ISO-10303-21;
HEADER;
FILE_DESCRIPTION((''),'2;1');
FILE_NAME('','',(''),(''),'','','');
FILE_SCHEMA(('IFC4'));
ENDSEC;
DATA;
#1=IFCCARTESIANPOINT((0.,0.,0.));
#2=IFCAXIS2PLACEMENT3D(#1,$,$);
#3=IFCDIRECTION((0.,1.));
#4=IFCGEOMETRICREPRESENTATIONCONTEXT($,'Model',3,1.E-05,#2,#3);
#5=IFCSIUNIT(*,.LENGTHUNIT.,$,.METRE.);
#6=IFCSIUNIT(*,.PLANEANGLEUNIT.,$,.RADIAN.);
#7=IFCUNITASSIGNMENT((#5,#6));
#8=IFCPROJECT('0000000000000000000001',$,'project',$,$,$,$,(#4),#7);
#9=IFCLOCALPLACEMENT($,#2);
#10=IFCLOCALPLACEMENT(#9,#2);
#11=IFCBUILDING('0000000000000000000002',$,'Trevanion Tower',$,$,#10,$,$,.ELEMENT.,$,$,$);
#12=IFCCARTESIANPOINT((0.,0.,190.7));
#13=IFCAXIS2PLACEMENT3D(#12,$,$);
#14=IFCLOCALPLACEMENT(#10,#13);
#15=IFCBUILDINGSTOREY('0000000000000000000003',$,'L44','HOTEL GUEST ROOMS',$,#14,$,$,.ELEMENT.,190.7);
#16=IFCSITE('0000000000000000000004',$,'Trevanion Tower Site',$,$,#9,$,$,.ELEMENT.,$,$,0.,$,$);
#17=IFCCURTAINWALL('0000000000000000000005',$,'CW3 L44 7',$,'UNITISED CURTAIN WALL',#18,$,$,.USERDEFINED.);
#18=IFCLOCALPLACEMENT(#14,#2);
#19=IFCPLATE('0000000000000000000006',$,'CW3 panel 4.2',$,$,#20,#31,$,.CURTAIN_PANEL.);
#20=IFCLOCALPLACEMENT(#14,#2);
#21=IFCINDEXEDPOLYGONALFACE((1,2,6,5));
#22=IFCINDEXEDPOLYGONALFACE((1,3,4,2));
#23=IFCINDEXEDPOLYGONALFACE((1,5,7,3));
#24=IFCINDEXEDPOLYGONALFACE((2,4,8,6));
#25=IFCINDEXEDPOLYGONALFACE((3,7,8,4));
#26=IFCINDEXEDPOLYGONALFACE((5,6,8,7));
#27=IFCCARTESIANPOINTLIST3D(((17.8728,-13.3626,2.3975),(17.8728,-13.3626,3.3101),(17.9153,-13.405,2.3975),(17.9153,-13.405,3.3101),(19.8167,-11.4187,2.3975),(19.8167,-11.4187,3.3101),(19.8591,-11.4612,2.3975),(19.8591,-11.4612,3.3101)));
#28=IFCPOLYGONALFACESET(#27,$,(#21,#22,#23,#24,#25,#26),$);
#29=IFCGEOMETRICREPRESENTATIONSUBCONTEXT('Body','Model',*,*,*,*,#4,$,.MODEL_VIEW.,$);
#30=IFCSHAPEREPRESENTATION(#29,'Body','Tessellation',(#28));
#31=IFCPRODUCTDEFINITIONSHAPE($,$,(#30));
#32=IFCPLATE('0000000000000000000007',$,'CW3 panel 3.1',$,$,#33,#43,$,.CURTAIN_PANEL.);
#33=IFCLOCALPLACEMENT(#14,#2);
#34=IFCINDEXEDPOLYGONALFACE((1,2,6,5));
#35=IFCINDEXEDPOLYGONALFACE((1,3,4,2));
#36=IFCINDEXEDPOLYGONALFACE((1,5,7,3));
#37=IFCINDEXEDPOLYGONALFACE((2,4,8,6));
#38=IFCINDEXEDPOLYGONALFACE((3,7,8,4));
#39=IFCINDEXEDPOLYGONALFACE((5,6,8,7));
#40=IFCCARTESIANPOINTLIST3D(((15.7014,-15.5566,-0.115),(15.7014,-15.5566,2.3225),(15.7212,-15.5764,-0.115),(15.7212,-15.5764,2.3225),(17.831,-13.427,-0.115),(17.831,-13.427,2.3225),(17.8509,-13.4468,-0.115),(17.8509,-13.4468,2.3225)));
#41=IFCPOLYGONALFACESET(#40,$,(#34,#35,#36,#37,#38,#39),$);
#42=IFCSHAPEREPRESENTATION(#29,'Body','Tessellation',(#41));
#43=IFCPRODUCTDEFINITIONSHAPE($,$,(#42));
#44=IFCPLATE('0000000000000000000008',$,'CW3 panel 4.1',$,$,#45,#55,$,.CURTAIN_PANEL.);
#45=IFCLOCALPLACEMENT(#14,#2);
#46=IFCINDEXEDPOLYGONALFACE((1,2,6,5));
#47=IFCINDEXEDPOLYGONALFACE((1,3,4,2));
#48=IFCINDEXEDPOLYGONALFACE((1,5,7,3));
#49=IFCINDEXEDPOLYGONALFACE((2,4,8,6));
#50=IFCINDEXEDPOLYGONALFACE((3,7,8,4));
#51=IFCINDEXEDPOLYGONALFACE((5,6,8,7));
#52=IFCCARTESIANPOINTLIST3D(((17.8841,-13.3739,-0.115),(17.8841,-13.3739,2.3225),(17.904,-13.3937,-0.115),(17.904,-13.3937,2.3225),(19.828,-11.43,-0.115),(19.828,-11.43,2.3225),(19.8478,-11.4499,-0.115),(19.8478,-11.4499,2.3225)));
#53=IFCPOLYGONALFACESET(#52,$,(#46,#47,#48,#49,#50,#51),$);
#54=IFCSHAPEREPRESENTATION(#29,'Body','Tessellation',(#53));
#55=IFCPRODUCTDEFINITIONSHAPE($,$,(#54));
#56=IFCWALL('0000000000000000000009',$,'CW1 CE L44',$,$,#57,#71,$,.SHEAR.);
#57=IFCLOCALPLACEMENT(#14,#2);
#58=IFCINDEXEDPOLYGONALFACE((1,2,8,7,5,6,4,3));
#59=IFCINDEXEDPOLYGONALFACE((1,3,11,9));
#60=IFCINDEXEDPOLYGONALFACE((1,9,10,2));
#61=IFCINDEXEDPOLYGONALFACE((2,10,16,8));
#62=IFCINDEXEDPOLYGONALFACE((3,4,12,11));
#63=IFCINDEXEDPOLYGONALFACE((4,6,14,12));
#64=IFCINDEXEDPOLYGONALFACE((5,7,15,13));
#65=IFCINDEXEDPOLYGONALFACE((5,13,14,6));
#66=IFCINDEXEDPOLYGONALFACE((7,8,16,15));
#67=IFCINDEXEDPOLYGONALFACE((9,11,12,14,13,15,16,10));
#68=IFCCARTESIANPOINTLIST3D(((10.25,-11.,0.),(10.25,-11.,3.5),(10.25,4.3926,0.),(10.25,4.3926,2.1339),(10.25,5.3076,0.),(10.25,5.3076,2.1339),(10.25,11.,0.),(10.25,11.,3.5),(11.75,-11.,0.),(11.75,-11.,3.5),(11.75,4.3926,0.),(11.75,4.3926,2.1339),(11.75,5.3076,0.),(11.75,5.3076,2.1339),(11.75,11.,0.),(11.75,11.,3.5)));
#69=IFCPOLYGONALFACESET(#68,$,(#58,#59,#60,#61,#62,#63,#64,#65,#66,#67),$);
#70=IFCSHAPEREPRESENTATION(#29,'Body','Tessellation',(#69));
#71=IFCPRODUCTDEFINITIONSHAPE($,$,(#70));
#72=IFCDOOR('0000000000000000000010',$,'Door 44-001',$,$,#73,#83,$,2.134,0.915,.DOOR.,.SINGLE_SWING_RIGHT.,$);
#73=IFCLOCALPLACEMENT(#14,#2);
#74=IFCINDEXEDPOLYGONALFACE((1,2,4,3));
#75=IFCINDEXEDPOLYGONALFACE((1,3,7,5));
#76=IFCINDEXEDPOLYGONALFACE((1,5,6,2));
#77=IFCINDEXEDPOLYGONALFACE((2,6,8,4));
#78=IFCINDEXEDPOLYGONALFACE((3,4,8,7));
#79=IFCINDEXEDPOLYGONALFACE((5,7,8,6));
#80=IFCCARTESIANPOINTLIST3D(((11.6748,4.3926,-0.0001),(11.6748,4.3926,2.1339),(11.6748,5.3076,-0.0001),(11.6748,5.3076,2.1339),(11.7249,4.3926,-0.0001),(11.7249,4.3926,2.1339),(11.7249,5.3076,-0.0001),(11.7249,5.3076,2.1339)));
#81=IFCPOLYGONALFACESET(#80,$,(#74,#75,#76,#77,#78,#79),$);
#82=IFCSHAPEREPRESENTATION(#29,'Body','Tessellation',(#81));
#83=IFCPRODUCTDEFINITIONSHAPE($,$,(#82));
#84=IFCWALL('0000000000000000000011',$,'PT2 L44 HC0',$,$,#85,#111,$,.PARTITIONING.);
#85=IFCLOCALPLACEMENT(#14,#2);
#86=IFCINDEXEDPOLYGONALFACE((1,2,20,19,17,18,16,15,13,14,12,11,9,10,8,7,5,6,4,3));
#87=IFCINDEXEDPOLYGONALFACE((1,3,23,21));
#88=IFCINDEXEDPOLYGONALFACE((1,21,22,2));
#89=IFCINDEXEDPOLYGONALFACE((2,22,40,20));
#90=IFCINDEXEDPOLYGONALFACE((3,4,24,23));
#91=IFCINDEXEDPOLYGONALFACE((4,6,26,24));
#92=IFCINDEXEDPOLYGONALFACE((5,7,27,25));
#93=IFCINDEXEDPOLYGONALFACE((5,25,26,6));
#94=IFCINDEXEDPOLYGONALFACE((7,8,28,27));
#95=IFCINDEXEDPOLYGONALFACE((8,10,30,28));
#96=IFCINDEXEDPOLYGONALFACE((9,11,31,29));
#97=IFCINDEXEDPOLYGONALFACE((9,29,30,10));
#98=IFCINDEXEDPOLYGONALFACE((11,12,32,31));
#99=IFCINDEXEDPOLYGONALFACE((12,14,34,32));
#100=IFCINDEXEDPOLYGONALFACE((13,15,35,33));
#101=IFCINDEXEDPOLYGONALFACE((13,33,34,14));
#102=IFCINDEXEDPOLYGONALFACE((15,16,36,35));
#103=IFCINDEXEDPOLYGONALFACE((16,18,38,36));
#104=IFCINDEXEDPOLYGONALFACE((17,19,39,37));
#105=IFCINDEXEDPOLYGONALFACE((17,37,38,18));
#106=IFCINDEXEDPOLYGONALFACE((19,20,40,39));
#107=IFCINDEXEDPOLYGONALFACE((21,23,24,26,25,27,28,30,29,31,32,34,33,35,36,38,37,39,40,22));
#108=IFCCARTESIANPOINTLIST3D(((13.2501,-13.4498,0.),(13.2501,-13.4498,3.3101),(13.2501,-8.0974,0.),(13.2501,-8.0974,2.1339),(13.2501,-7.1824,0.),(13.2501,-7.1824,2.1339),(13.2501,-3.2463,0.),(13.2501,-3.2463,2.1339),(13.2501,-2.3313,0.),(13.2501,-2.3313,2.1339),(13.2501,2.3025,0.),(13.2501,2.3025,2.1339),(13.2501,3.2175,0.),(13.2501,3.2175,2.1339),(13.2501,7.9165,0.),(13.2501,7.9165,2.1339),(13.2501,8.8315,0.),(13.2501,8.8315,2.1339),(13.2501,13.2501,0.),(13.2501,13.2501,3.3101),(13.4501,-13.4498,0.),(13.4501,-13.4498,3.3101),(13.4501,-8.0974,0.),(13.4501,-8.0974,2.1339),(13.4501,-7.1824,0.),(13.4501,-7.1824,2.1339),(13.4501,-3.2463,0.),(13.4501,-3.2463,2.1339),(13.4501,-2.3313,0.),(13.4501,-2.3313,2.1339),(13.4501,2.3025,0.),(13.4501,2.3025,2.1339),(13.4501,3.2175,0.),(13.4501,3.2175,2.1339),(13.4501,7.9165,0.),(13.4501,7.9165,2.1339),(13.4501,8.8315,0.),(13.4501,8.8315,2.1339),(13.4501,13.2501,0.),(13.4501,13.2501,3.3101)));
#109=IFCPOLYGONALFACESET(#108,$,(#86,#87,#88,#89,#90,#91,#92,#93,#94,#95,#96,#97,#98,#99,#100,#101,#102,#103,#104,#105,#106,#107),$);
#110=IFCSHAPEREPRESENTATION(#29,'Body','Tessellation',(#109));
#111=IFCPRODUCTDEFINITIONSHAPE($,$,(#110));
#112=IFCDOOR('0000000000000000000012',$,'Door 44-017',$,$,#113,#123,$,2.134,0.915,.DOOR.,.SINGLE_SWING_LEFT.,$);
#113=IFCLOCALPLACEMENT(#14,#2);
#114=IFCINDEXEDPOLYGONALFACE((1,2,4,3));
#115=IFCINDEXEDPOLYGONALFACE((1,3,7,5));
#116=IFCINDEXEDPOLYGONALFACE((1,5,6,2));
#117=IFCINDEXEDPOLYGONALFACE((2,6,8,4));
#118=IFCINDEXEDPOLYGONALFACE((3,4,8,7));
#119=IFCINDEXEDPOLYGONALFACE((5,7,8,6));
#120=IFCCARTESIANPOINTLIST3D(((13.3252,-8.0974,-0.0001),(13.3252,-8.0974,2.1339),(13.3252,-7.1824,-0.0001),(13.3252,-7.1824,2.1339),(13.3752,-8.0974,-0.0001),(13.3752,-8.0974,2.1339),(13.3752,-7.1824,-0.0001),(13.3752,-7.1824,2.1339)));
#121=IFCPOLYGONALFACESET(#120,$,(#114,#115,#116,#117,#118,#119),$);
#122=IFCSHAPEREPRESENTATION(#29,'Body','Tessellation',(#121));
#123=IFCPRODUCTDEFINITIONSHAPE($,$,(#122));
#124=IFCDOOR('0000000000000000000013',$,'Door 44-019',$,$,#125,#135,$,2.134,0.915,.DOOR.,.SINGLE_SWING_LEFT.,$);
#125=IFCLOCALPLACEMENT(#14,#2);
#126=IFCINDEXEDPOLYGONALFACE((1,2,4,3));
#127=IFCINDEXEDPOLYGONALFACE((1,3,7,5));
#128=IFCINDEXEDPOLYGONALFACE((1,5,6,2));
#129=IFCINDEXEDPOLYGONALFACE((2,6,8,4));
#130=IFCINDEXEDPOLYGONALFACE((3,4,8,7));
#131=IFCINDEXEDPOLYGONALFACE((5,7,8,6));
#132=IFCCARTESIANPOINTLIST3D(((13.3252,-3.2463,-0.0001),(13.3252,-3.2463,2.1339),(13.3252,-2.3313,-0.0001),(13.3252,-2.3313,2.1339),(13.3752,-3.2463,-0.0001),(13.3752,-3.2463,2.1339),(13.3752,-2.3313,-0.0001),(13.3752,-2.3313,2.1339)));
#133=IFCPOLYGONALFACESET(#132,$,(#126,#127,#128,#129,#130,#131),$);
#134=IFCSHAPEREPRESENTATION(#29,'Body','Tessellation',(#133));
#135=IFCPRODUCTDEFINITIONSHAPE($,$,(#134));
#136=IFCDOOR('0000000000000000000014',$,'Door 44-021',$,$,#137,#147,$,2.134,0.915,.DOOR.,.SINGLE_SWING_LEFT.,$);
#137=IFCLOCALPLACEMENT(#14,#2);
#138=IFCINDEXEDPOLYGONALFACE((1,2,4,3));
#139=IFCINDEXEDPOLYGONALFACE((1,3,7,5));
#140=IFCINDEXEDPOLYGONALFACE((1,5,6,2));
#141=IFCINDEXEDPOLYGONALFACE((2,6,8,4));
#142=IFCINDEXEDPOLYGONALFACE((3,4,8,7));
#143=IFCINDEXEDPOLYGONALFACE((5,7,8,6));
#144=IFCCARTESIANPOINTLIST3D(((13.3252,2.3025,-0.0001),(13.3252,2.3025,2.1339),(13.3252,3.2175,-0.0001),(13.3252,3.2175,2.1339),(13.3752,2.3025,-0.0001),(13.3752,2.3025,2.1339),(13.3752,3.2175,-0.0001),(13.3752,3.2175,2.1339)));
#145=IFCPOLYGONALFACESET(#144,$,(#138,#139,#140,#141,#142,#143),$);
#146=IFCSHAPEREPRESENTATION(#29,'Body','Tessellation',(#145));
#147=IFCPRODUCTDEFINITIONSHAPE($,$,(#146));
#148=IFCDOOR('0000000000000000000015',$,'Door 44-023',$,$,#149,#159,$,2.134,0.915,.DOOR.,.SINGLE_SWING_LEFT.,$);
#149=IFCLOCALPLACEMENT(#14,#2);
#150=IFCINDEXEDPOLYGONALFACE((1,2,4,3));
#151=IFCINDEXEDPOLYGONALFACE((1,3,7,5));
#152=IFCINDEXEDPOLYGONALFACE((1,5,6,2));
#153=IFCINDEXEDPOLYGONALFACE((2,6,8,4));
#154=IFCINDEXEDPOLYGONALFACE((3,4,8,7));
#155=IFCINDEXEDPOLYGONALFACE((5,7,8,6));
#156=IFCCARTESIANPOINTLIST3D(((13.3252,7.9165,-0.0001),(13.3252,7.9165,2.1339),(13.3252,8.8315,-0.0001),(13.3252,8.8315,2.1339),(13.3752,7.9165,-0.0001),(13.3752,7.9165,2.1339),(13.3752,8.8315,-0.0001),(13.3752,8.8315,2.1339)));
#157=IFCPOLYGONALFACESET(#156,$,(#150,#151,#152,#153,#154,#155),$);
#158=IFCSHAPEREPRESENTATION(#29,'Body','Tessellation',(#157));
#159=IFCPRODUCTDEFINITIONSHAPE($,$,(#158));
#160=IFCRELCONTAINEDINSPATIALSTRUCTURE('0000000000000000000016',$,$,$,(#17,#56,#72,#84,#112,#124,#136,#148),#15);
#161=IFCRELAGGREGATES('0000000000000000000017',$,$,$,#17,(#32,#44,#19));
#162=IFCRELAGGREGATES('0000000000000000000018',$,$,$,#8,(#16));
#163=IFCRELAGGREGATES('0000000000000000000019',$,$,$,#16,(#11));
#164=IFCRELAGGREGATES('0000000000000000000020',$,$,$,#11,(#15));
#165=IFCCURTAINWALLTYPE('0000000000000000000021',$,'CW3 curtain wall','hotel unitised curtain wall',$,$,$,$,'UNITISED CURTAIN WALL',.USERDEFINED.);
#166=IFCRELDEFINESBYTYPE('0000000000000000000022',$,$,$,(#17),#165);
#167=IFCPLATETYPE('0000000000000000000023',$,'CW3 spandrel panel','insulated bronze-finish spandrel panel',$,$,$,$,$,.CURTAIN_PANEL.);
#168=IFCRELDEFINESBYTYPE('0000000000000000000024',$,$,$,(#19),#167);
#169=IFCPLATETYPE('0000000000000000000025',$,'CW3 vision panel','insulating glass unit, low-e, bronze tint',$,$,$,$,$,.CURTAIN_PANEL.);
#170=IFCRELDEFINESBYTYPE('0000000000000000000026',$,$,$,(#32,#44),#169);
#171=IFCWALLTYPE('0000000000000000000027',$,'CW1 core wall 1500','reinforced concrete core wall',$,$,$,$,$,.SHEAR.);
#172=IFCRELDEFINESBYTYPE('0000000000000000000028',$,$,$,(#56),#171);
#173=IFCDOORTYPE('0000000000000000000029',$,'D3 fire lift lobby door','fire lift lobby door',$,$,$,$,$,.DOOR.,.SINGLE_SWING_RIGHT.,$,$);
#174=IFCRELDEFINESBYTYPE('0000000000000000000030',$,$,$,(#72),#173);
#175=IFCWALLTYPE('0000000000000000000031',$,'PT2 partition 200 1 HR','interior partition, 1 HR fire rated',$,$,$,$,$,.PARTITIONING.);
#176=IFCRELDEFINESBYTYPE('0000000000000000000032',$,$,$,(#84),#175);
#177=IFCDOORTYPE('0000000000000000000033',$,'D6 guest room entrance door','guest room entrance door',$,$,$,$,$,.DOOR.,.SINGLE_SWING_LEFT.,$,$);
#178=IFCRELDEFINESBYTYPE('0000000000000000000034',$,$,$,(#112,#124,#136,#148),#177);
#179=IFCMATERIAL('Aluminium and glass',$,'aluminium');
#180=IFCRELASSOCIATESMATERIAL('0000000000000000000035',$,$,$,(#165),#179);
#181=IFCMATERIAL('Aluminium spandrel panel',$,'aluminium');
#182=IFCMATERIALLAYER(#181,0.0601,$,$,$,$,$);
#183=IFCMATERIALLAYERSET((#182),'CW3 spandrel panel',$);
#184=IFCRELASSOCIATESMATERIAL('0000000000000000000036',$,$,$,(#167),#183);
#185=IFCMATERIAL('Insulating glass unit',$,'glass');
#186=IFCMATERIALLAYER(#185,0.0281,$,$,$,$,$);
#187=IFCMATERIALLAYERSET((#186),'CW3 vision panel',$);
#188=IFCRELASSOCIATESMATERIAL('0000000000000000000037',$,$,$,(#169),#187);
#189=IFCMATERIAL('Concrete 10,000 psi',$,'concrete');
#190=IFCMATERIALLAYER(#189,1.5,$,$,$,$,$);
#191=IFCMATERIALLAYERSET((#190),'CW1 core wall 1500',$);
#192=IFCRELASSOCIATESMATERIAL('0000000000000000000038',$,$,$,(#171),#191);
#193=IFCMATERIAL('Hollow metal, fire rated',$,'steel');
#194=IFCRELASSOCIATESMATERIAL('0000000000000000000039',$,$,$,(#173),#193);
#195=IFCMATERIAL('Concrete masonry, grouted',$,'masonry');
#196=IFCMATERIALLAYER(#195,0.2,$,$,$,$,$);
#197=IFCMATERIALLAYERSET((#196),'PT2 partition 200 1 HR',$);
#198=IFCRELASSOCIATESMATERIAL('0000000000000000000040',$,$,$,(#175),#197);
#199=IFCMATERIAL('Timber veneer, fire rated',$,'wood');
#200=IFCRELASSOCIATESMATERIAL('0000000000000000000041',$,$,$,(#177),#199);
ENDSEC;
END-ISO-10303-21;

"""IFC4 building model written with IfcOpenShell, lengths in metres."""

from ifc_helpers import new_model, si_unit, direction, frame, frame_2d, origin, origin_2d, place, context, subcontext, project, spatial, rectangle, extrude, material, layer, layer_set, type_object, element, fill, aggregate, save


model = new_model("IFC4")

# Units and contexts
model_context = context("Model", 3, precision=1e-05, world=origin(), true_north=direction((0.0, 1.0)))
body_context = subcontext(model_context, "Body", "Model", "MODEL_VIEW")
ifc_project = project(units=[si_unit("LENGTHUNIT", "METRE"), si_unit("PLANEANGLEUNIT", "RADIAN")], contexts=[model_context])

# Site, building, storey
site_placement = place(None, origin())
site = spatial("IfcSite", under=ifc_project, at=site_placement, Name="Trevanion Tower Site", CompositionType="ELEMENT", RefElevation=0.0)
building_placement = place(site_placement, origin())
building = spatial("IfcBuilding", under=site, at=building_placement, Name="Trevanion Tower", CompositionType="ELEMENT")
storey_placement = place(building_placement, frame((0.0, 0.0, 190.7)))
storey = spatial("IfcBuildingStorey", under=building, at=storey_placement, Name="L44", Description="HOTEL GUEST ROOMS", CompositionType="ELEMENT", Elevation=190.7)

# Curtain wall
ifc_material_1 = material(Name="Aluminium and glass", Category="aluminium")
curtain_wall_type = type_object("IfcCurtainWallType", Name="CW3 curtain wall", Description="hotel unitised curtain wall", ElementType="UNITISED CURTAIN WALL", PredefinedType="USERDEFINED", material=ifc_material_1)
curtain_wall_placement = place(storey_placement, origin())
curtain_wall = element("IfcCurtainWall", 1, at=curtain_wall_placement, inside=storey, type_object=curtain_wall_type, Name="CW3 L44 7", ObjectType="UNITISED CURTAIN WALL", PredefinedType="USERDEFINED")

# Plates
ifc_material_2 = material(Name="Aluminium spandrel panel", Category="aluminium")
ifc_layer_1 = layer(ifc_material_2, 0.0601)
ifc_layer_set_1 = layer_set([ifc_layer_1], Name="CW3 spandrel panel")
plate_type_1 = type_object("IfcPlateType", Name="CW3 spandrel panel", Description="insulated bronze-finish spandrel panel", PredefinedType="CURTAIN_PANEL", material=ifc_layer_set_1)
plate_1_placement = place(storey_placement, frame((18.866, -12.4119, 2.3975), z_axis=(0.0, 0.0, 1.0), x_axis=(0.707107, 0.707107, 0.0)))
plate_1 = element("IfcPlate", 2, at=plate_1_placement, type_object=plate_type_1, Name="CW3 panel 4.2", PredefinedType="CURTAIN_PANEL", context=body_context, shape_type="SweptSolid", body=[
    extrude(rectangle(XDim=2.749, YDim=0.0601, at=origin_2d()), origin(), (0.0, 0.0, 1.0), 0.9126),
])
ifc_material_3 = material(Name="Insulating glass unit", Category="glass")
ifc_layer_2 = layer(ifc_material_3, 0.0281)
ifc_layer_set_2 = layer_set([ifc_layer_2], Name="CW3 vision panel")
plate_type_2 = type_object("IfcPlateType", Name="CW3 vision panel", Description="insulating glass unit, low-e, bronze tint", PredefinedType="CURTAIN_PANEL", material=ifc_layer_set_2)
plate_2_placement = place(storey_placement, frame((16.7761, -14.5017, -0.115), z_axis=(0.0, 0.0, 1.0), x_axis=(0.707107, 0.707107, 0.0)))
plate_2 = element("IfcPlate", 3, at=plate_2_placement, type_object=plate_type_2, Name="CW3 panel 3.1", PredefinedType="CURTAIN_PANEL", context=body_context, shape_type="SweptSolid", body=[
    extrude(rectangle(XDim=3.0117, YDim=0.0281, at=origin_2d()), origin(), (0.0, 0.0, 1.0), 2.4375),
])
plate_3_placement = place(storey_placement, frame((18.866, -12.4119, -0.115), z_axis=(0.0, 0.0, 1.0), x_axis=(0.707107, 0.707107, 0.0)))
plate_3 = element("IfcPlate", 4, at=plate_3_placement, type_object=plate_type_2, Name="CW3 panel 4.1", PredefinedType="CURTAIN_PANEL", context=body_context, shape_type="SweptSolid", body=[
    extrude(rectangle(XDim=2.749, YDim=0.0281, at=origin_2d()), origin(), (0.0, 0.0, 1.0), 2.4375),
])
aggregate(curtain_wall, [plate_2, plate_3, plate_1])

# Wall, opening, door
ifc_material_4 = material(Name="Concrete 10,000 psi", Category="concrete")
ifc_layer_3 = layer(ifc_material_4, 1.5)
ifc_layer_set_3 = layer_set([ifc_layer_3], Name="CW1 core wall 1500")
wall_type_1 = type_object("IfcWallType", Name="CW1 core wall 1500", Description="reinforced concrete core wall", PredefinedType="SHEAR", material=ifc_layer_set_3)
wall_1_placement = place(storey_placement, frame((11.0, -11.0, 0.0), z_axis=(0.0, 0.0, 1.0), x_axis=(0.0, 1.0, 0.0)))
wall_1 = element("IfcWall", 5, at=wall_1_placement, inside=storey, type_object=wall_type_1, Name="CW1 CE L44", PredefinedType="SHEAR", context=body_context, shape_type="SweptSolid", body=[
    extrude(rectangle(XDim=22.0, YDim=1.5, at=frame_2d((11.0, 0.0))), origin(), (0.0, 0.0, 1.0), 3.5),
])
opening_1_placement = place(wall_1_placement, frame((15.3926, 0.0, 0.0)))
opening_1 = element("IfcOpeningElement", 6, at=opening_1_placement, cuts=wall_1, PredefinedType="OPENING", context=body_context, shape_type="SweptSolid", body=[
    extrude(rectangle(XDim=0.915, YDim=2.134, at=frame_2d((0.4575, 1.0669))), frame((0.0, 0.76, 0.0), z_axis=(0.0, -1.0, 0.0), x_axis=(1.0, 0.0, 0.0)), (0.0, 0.0, 1.0), 1.52),
])
ifc_material_5 = material(Name="Hollow metal, fire rated", Category="steel")
door_type_1 = type_object("IfcDoorType", Name="D3 fire lift lobby door", Description="fire lift lobby door", OperationType="SINGLE_SWING_RIGHT", PredefinedType="DOOR", material=ifc_material_5)
door_1_placement = place(opening_1_placement, origin())
door_1 = element("IfcDoor", 7, at=door_1_placement, inside=storey, type_object=door_type_1, Name="Door 44-001", OperationType="SINGLE_SWING_RIGHT", OverallHeight=2.134, OverallWidth=0.915, PredefinedType="DOOR", context=body_context, shape_type="SweptSolid", body=[
    extrude(rectangle(XDim=0.915, YDim=2.134, at=frame_2d((0.4575, 1.0669))), frame((0.0, -0.6748, 0.0), z_axis=(0.0, -1.0, 0.0), x_axis=(1.0, 0.0, 0.0)), (0.0, 0.0, 1.0), 0.05),
])
fill(opening_1, door_1)

# Wall, openings, doors
ifc_material_6 = material(Name="Concrete masonry, grouted", Category="masonry")
ifc_layer_4 = layer(ifc_material_6, 0.2)
ifc_layer_set_4 = layer_set([ifc_layer_4], Name="PT2 partition 200 1 HR")
wall_type_2 = type_object("IfcWallType", Name="PT2 partition 200 1 HR", Description="interior partition, 1 HR fire rated", PredefinedType="PARTITIONING", material=ifc_layer_set_4)
wall_2_placement = place(storey_placement, frame((13.3501, -13.45, 0.0), z_axis=(0.0, 0.0, 1.0), x_axis=(0.0, 1.0, 0.0)))
wall_2 = element("IfcWall", 8, at=wall_2_placement, inside=storey, type_object=wall_type_2, Name="PT2 L44 HC0", PredefinedType="PARTITIONING", context=body_context, shape_type="SweptSolid", body=[
    extrude(rectangle(XDim=26.7, YDim=0.2, at=frame_2d((13.3501, 0.0))), origin(), (0.0, 0.0, 1.0), 3.3101),
])
opening_2_placement = place(wall_2_placement, frame((5.3525, 0.0, 0.0)))
opening_2 = element("IfcOpeningElement", 9, at=opening_2_placement, cuts=wall_2, PredefinedType="OPENING", context=body_context, shape_type="SweptSolid", body=[
    extrude(rectangle(XDim=0.915, YDim=2.134, at=frame_2d((0.4575, 1.0669))), frame((0.0, 0.1099, 0.0), z_axis=(0.0, -1.0, 0.0), x_axis=(1.0, 0.0, 0.0)), (0.0, 0.0, 1.0), 0.22),
])
opening_3_placement = place(wall_2_placement, frame((10.2036, 0.0, 0.0)))
opening_3 = element("IfcOpeningElement", 10, at=opening_3_placement, cuts=wall_2, PredefinedType="OPENING", context=body_context, shape_type="SweptSolid", body=[
    extrude(rectangle(XDim=0.915, YDim=2.134, at=frame_2d((0.4575, 1.0669))), frame((0.0, 0.1099, 0.0), z_axis=(0.0, -1.0, 0.0), x_axis=(1.0, 0.0, 0.0)), (0.0, 0.0, 1.0), 0.22),
])
opening_4_placement = place(wall_2_placement, frame((15.7524, 0.0, 0.0)))
opening_4 = element("IfcOpeningElement", 11, at=opening_4_placement, cuts=wall_2, PredefinedType="OPENING", context=body_context, shape_type="SweptSolid", body=[
    extrude(rectangle(XDim=0.915, YDim=2.134, at=frame_2d((0.4575, 1.0669))), frame((0.0, 0.1099, 0.0), z_axis=(0.0, -1.0, 0.0), x_axis=(1.0, 0.0, 0.0)), (0.0, 0.0, 1.0), 0.22),
])
opening_5_placement = place(wall_2_placement, frame((21.3665, 0.0, 0.0)))
opening_5 = element("IfcOpeningElement", 12, at=opening_5_placement, cuts=wall_2, PredefinedType="OPENING", context=body_context, shape_type="SweptSolid", body=[
    extrude(rectangle(XDim=0.915, YDim=2.134, at=frame_2d((0.4575, 1.0669))), frame((0.0, 0.1099, 0.0), z_axis=(0.0, -1.0, 0.0), x_axis=(1.0, 0.0, 0.0)), (0.0, 0.0, 1.0), 0.22),
])
ifc_material_7 = material(Name="Timber veneer, fire rated", Category="wood")
door_type_2 = type_object("IfcDoorType", Name="D6 guest room entrance door", Description="guest room entrance door", OperationType="SINGLE_SWING_LEFT", PredefinedType="DOOR", material=ifc_material_7)
door_2_placement = place(opening_2_placement, origin())
door_2 = element("IfcDoor", 13, at=door_2_placement, inside=storey, type_object=door_type_2, Name="Door 44-017", OperationType="SINGLE_SWING_LEFT", OverallHeight=2.134, OverallWidth=0.915, PredefinedType="DOOR", context=body_context, shape_type="SweptSolid", body=[
    extrude(rectangle(XDim=0.915, YDim=2.134, at=frame_2d((0.4575, 1.0669))), frame((0.0, 0.0249, 0.0), z_axis=(0.0, -1.0, 0.0), x_axis=(1.0, 0.0, 0.0)), (0.0, 0.0, 1.0), 0.05),
])
fill(opening_2, door_2)
door_3_placement = place(opening_3_placement, origin())
door_3 = element("IfcDoor", 14, at=door_3_placement, inside=storey, type_object=door_type_2, Name="Door 44-019", OperationType="SINGLE_SWING_LEFT", OverallHeight=2.134, OverallWidth=0.915, PredefinedType="DOOR", context=body_context, shape_type="SweptSolid", body=[
    extrude(rectangle(XDim=0.915, YDim=2.134, at=frame_2d((0.4575, 1.0669))), frame((0.0, 0.0249, 0.0), z_axis=(0.0, -1.0, 0.0), x_axis=(1.0, 0.0, 0.0)), (0.0, 0.0, 1.0), 0.05),
])
fill(opening_3, door_3)
door_4_placement = place(opening_4_placement, origin())
door_4 = element("IfcDoor", 15, at=door_4_placement, inside=storey, type_object=door_type_2, Name="Door 44-021", OperationType="SINGLE_SWING_LEFT", OverallHeight=2.134, OverallWidth=0.915, PredefinedType="DOOR", context=body_context, shape_type="SweptSolid", body=[
    extrude(rectangle(XDim=0.915, YDim=2.134, at=frame_2d((0.4575, 1.0669))), frame((0.0, 0.0249, 0.0), z_axis=(0.0, -1.0, 0.0), x_axis=(1.0, 0.0, 0.0)), (0.0, 0.0, 1.0), 0.05),
])
fill(opening_4, door_4)
door_5_placement = place(opening_5_placement, origin())
door_5 = element("IfcDoor", 16, at=door_5_placement, inside=storey, type_object=door_type_2, Name="Door 44-023", OperationType="SINGLE_SWING_LEFT", OverallHeight=2.134, OverallWidth=0.915, PredefinedType="DOOR", context=body_context, shape_type="SweptSolid", body=[
    extrude(rectangle(XDim=0.915, YDim=2.134, at=frame_2d((0.4575, 1.0669))), frame((0.0, 0.0249, 0.0), z_axis=(0.0, -1.0, 0.0), x_axis=(1.0, 0.0, 0.0)), (0.0, 0.0, 1.0), 0.05),
])
fill(opening_5, door_5)

save(model, "model.ifc")
